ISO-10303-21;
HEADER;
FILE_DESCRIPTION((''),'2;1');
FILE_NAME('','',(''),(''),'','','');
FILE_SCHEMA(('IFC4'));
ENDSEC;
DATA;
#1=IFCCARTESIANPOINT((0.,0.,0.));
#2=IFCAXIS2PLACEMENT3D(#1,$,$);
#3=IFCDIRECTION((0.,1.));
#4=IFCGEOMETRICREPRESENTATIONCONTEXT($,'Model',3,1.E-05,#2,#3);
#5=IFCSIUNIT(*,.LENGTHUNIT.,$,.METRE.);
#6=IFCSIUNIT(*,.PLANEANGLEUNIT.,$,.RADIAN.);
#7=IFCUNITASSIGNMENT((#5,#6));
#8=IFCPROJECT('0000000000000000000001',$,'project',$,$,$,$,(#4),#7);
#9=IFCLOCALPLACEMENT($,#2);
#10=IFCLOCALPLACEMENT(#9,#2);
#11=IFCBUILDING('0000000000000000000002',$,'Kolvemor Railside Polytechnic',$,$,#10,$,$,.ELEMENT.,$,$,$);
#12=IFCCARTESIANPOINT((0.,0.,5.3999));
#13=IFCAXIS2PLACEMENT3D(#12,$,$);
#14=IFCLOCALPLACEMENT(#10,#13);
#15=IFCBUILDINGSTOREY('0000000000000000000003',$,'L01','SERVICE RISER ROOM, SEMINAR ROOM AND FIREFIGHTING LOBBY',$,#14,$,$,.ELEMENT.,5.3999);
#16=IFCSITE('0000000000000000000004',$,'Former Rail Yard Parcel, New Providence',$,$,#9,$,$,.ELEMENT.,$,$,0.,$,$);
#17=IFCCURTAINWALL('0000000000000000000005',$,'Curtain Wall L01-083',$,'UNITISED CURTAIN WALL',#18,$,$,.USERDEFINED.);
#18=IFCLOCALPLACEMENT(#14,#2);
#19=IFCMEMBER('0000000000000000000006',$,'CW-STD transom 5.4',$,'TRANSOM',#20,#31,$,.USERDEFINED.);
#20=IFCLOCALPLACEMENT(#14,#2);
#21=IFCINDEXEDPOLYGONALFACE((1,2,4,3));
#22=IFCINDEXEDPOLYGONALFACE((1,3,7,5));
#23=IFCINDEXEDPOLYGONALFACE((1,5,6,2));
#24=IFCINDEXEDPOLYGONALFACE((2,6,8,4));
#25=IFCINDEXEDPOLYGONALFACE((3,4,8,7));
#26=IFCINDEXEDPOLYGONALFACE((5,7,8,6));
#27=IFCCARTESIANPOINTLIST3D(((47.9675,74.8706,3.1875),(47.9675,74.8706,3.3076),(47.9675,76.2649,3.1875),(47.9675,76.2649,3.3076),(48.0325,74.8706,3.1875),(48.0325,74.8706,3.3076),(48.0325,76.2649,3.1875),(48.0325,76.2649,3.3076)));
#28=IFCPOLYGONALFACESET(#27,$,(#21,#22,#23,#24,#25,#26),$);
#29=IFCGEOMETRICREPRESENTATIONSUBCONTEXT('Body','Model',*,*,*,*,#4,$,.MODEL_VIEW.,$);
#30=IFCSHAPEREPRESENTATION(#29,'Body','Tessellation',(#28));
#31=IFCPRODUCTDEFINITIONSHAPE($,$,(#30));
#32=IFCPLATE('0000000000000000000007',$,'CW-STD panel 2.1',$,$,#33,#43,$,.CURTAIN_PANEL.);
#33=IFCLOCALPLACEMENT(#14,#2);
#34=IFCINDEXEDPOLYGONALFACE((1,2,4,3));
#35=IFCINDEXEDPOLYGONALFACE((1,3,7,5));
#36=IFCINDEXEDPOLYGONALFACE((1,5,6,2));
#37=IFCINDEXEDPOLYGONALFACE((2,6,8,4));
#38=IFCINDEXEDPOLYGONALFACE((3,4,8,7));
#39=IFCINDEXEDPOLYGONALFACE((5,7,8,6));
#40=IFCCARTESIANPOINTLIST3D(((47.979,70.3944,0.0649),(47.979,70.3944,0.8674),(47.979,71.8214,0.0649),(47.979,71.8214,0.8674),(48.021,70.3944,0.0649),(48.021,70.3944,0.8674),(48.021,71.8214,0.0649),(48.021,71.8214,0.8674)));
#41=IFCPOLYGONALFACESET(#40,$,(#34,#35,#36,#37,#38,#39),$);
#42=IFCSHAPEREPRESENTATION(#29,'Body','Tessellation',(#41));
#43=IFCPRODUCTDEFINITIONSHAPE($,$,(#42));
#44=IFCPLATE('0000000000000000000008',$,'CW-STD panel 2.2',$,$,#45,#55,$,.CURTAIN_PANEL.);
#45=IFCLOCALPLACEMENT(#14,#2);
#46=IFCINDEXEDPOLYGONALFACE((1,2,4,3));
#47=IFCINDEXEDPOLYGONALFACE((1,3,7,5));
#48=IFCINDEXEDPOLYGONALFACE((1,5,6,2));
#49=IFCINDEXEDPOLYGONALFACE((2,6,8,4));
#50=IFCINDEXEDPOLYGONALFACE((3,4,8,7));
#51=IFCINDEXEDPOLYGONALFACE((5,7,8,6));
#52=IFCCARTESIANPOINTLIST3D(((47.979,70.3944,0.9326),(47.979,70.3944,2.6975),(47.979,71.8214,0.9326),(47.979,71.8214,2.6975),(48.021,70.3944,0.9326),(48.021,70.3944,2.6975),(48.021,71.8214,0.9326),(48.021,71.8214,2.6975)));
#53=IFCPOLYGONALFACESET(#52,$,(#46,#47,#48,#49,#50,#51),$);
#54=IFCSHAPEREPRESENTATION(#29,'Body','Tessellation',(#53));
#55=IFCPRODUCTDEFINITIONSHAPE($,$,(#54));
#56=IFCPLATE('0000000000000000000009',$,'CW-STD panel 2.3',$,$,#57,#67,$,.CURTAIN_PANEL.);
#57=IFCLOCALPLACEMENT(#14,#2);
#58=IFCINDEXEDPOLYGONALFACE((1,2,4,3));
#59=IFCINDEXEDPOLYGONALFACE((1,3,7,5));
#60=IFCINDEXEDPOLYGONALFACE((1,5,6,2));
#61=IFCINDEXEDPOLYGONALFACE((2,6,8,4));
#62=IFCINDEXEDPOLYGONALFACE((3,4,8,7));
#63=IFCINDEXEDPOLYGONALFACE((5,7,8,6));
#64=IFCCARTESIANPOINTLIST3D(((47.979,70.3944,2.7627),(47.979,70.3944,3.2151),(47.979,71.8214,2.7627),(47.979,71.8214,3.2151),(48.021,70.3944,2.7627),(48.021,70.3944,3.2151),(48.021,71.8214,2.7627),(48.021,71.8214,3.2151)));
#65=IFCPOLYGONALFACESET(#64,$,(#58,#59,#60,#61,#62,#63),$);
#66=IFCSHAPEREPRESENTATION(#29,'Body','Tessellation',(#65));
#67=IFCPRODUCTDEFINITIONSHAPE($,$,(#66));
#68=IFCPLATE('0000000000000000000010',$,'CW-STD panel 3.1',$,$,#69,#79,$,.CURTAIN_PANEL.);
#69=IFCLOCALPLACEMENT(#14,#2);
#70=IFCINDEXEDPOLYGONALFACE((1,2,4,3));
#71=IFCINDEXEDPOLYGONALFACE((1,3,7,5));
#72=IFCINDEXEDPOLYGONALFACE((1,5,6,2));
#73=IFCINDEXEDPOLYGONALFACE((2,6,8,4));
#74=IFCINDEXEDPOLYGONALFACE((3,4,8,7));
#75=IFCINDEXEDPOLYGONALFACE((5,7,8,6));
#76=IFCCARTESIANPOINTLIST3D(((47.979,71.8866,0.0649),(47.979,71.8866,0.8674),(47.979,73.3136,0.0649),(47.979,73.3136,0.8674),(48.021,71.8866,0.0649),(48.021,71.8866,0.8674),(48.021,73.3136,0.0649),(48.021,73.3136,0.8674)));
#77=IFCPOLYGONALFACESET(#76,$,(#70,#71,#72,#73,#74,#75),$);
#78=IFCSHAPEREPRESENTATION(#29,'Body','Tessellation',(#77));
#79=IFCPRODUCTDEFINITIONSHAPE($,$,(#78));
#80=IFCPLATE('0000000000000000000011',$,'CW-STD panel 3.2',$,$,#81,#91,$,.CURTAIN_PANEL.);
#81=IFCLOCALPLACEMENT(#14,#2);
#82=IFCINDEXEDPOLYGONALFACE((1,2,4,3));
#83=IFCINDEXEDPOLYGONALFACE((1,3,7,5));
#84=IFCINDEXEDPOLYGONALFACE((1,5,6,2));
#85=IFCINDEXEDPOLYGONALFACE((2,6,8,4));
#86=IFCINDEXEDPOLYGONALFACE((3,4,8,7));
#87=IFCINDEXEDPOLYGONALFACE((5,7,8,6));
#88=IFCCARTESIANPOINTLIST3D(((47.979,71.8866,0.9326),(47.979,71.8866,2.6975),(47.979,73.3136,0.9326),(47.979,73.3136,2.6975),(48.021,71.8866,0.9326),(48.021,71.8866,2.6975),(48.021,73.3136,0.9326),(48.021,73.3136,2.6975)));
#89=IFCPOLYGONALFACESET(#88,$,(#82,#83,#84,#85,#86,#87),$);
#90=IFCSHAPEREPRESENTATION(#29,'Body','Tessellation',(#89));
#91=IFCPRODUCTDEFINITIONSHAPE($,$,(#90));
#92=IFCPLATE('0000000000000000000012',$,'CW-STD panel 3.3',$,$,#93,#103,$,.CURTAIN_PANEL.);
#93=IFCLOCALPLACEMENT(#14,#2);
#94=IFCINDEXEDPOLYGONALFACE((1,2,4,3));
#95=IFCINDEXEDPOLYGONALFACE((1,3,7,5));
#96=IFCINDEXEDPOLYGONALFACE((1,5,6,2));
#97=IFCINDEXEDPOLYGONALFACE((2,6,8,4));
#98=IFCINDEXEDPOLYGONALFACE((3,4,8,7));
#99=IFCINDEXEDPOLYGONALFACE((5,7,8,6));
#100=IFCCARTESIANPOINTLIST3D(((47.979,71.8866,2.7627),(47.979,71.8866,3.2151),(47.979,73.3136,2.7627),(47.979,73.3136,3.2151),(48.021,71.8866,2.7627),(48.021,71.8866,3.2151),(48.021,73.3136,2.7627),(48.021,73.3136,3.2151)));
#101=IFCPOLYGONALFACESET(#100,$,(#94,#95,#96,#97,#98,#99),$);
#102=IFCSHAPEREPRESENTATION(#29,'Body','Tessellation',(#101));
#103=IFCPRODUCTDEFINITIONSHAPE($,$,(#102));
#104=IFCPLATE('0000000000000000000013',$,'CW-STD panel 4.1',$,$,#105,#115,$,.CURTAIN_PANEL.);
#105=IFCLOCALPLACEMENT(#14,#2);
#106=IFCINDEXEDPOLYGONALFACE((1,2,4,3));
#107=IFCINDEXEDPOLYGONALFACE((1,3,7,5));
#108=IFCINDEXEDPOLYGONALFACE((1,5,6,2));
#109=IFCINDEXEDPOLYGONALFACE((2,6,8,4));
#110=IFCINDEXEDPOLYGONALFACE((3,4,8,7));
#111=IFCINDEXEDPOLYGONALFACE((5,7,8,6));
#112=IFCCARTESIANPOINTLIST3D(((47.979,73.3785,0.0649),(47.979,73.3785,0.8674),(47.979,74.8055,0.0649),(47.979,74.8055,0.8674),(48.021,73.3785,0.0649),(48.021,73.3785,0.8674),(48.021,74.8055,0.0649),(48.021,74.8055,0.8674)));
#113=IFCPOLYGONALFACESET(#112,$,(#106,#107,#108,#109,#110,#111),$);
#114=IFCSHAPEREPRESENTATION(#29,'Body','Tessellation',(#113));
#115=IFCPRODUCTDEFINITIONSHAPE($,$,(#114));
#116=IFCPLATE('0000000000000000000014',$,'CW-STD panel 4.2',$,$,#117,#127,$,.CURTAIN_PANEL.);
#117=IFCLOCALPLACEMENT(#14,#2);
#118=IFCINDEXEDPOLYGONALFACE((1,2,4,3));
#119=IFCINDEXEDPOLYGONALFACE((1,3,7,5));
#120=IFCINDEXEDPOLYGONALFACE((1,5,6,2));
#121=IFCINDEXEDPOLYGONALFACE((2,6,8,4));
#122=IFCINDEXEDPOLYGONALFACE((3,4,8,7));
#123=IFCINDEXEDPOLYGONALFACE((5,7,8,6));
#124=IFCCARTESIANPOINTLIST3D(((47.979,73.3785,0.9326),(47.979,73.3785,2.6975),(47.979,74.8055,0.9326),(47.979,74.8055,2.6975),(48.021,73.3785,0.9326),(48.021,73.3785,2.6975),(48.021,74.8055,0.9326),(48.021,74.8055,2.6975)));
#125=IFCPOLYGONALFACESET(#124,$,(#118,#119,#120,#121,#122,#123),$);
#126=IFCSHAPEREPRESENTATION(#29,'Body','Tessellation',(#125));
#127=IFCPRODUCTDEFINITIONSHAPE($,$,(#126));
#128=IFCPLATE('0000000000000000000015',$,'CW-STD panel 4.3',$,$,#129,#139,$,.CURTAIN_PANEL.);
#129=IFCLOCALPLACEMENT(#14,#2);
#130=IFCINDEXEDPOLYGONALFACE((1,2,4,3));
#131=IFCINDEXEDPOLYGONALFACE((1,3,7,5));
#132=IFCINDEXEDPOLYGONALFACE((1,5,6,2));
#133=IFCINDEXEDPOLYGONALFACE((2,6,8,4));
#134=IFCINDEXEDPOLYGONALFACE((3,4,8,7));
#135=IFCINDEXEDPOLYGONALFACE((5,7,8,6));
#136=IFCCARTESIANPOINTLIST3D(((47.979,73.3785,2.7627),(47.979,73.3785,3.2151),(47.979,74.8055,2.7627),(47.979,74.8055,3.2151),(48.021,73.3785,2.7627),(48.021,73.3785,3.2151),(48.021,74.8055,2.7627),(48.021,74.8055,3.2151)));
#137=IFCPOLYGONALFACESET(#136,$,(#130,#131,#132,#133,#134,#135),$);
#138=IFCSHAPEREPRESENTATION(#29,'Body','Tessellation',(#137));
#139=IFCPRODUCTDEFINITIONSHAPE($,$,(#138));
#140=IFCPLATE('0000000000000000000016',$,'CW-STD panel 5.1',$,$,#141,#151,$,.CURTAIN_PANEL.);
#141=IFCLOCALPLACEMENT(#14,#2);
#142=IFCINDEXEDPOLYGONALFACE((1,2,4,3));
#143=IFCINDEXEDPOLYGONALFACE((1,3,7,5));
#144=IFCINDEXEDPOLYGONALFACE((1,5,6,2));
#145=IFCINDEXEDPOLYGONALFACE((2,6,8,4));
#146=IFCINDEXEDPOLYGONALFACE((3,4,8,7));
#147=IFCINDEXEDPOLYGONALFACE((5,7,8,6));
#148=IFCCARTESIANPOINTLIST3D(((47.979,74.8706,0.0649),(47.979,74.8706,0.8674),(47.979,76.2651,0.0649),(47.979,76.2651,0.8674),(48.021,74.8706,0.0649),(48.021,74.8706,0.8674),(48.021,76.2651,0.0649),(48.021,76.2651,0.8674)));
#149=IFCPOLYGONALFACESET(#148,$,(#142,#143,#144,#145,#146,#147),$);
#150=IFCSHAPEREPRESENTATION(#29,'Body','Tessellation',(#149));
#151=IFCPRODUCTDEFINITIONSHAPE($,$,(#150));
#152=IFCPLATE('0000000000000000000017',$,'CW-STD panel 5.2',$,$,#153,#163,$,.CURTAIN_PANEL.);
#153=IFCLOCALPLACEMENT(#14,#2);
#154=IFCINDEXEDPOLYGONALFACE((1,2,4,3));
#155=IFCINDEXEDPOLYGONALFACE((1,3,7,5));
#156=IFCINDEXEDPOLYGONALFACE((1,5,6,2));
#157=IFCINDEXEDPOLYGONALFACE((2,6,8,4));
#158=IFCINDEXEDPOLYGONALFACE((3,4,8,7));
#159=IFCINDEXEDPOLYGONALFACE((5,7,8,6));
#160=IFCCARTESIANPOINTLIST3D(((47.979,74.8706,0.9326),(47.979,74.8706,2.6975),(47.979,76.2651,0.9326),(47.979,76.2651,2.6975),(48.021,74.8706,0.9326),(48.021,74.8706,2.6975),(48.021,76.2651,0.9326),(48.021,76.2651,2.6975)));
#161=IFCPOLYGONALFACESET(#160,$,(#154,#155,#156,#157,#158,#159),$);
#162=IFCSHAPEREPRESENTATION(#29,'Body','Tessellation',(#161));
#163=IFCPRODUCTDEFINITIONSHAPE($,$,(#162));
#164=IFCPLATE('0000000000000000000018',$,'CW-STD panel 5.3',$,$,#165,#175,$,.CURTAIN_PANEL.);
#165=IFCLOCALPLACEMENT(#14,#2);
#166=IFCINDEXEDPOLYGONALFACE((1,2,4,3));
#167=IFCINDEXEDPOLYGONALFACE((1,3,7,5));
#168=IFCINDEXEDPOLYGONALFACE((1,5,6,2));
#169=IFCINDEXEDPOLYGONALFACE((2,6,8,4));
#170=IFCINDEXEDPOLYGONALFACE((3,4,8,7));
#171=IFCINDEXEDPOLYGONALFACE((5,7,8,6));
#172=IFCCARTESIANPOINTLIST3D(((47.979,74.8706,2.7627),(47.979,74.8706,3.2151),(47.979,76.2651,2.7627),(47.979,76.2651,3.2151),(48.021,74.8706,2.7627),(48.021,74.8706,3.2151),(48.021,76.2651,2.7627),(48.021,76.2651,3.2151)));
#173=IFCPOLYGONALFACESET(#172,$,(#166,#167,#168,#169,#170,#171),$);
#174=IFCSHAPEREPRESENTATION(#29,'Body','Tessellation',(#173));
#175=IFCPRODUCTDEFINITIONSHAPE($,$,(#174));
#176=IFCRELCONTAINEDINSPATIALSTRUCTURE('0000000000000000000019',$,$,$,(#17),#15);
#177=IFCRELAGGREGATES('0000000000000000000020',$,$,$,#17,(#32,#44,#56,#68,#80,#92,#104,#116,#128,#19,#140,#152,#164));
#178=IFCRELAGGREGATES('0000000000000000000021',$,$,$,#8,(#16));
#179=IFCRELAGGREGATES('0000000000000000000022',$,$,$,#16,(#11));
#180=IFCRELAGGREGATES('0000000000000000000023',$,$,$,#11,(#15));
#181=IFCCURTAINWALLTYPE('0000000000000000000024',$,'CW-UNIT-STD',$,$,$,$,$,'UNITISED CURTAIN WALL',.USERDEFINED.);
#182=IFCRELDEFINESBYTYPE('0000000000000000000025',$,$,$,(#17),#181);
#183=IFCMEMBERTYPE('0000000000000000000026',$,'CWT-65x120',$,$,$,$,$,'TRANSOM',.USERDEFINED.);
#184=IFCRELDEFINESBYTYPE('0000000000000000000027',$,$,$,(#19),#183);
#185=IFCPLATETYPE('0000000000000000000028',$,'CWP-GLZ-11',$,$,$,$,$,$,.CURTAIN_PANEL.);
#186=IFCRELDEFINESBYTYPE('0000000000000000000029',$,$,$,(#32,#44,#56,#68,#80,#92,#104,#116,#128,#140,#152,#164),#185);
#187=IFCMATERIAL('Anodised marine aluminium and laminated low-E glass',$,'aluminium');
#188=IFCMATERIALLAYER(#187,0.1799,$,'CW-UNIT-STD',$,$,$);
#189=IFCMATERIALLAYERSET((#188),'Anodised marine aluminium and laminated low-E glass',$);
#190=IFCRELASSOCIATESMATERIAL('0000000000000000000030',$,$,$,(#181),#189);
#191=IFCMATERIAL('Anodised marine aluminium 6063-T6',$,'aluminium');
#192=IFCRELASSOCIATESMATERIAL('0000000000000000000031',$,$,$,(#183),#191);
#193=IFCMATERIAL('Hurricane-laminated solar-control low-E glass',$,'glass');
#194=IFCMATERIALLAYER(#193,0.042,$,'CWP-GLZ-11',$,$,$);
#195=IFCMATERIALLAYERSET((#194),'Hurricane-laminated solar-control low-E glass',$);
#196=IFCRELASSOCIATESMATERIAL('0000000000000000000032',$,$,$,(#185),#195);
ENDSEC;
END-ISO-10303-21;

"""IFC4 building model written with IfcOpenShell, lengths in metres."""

from ifc_helpers import new_model, si_unit, direction, frame, origin, origin_2d, place, context, subcontext, project, spatial, rectangle, extrude, material, layer, layer_set, material_profile, profile_set, type_object, element, aggregate, save


model = new_model("IFC4")

# Units and contexts
model_context = context("Model", 3, precision=1e-05, world=origin(), true_north=direction((0.0, 1.0)))
body_context = subcontext(model_context, "Body", "Model", "MODEL_VIEW")
ifc_project = project(units=[si_unit("LENGTHUNIT", "METRE"), si_unit("PLANEANGLEUNIT", "RADIAN")], contexts=[model_context])

# Site, building, storey
site_placement = place(None, origin())
site = spatial("IfcSite", under=ifc_project, at=site_placement, Name="Former Rail Yard Parcel, New Providence", CompositionType="ELEMENT", RefElevation=0.0)
building_placement = place(site_placement, origin())
building = spatial("IfcBuilding", under=site, at=building_placement, Name="Kolvemor Railside Polytechnic", CompositionType="ELEMENT")
storey_placement = place(building_placement, frame((0.0, 0.0, 5.3999)))
storey = spatial("IfcBuildingStorey", under=building, at=storey_placement, Name="L01", Description="SERVICE RISER ROOM, SEMINAR ROOM AND FIREFIGHTING LOBBY", CompositionType="ELEMENT", Elevation=5.3999)

# Curtain wall, member, plates
ifc_material_1 = material(Name="Anodised marine aluminium and laminated low-E glass", Category="aluminium")
ifc_layer_1 = layer(ifc_material_1, 0.1799, Name="CW-UNIT-STD")
ifc_layer_set_1 = layer_set([ifc_layer_1], Name="Anodised marine aluminium and laminated low-E glass")
curtain_wall_type = type_object("IfcCurtainWallType", Name="CW-UNIT-STD", ElementType="UNITISED CURTAIN WALL", PredefinedType="USERDEFINED", material=ifc_layer_set_1)
curtain_wall_placement = place(storey_placement, origin())
curtain_wall = element("IfcCurtainWall", 1, at=curtain_wall_placement, inside=storey, type_object=curtain_wall_type, Name="Curtain Wall L01-083", ObjectType="UNITISED CURTAIN WALL", PredefinedType="USERDEFINED")
ifc_material_2 = material(Name="Anodised marine aluminium 6063-T6", Category="aluminium")
ifc_material_profile_1 = material_profile(ifc_material_2, rectangle(XDim=0.0649, YDim=0.1201, at=origin_2d()), Name="CW-TRN-65x120")
ifc_profile_set_1 = profile_set([ifc_material_profile_1], Name="Anodised marine aluminium 6063-T6")
member_type_1 = type_object("IfcMemberType", Name="CWT-65x120", ElementType="TRANSOM", PredefinedType="USERDEFINED", material=ifc_profile_set_1)
member_1_placement = place(storey_placement, frame((48.0, 74.8706, 3.2476), z_axis=(0.0, 1.0, 0.0), x_axis=(-1.0, 0.0, 0.0)))
member_1 = element("IfcMember", 2, at=member_1_placement, type_object=member_type_1, Name="CW-STD transom 5.4", ObjectType="TRANSOM", PredefinedType="USERDEFINED", context=body_context, shape_type="SweptSolid", body=[
    extrude(rectangle(XDim=0.0649, YDim=0.1201, at=origin_2d()), origin(), (0.0, 0.0, 1.0), 1.3943),
])
ifc_material_3 = material(Name="Hurricane-laminated solar-control low-E glass", Category="glass")
ifc_layer_2 = layer(ifc_material_3, 0.042, Name="CWP-GLZ-11")
ifc_layer_set_2 = layer_set([ifc_layer_2], Name="Hurricane-laminated solar-control low-E glass")
plate_type = type_object("IfcPlateType", Name="CWP-GLZ-11", PredefinedType="CURTAIN_PANEL", material=ifc_layer_set_2)
plate_1_placement = place(storey_placement, frame((48.0, 71.1079, 0.0649), z_axis=(0.0, 0.0, 1.0), x_axis=(0.0, 1.0, 0.0)))
plate_1 = element("IfcPlate", 3, at=plate_1_placement, type_object=plate_type, Name="CW-STD panel 2.1", PredefinedType="CURTAIN_PANEL", context=body_context, shape_type="SweptSolid", body=[
    extrude(rectangle(XDim=1.427, YDim=0.042, at=origin_2d()), origin(), (0.0, 0.0, 1.0), 0.8025),
])
plate_2_placement = place(storey_placement, frame((48.0, 71.1079, 0.9326), z_axis=(0.0, 0.0, 1.0), x_axis=(0.0, 1.0, 0.0)))
plate_2 = element("IfcPlate", 4, at=plate_2_placement, type_object=plate_type, Name="CW-STD panel 2.2", PredefinedType="CURTAIN_PANEL", context=body_context, shape_type="SweptSolid", body=[
    extrude(rectangle(XDim=1.427, YDim=0.042, at=origin_2d()), origin(), (0.0, 0.0, 1.0), 1.7649),
])
plate_3_placement = place(storey_placement, frame((48.0, 71.1079, 2.7627), z_axis=(0.0, 0.0, 1.0), x_axis=(0.0, 1.0, 0.0)))
plate_3 = element("IfcPlate", 5, at=plate_3_placement, type_object=plate_type, Name="CW-STD panel 2.3", PredefinedType="CURTAIN_PANEL", context=body_context, shape_type="SweptSolid", body=[
    extrude(rectangle(XDim=1.427, YDim=0.042, at=origin_2d()), origin(), (0.0, 0.0, 1.0), 0.4524),
])
plate_4_placement = place(storey_placement, frame((48.0, 72.6001, 0.0649), z_axis=(0.0, 0.0, 1.0), x_axis=(0.0, 1.0, 0.0)))
plate_4 = element("IfcPlate", 6, at=plate_4_placement, type_object=plate_type, Name="CW-STD panel 3.1", PredefinedType="CURTAIN_PANEL", context=body_context, shape_type="SweptSolid", body=[
    extrude(rectangle(XDim=1.427, YDim=0.042, at=origin_2d()), origin(), (0.0, 0.0, 1.0), 0.8025),
])
plate_5_placement = place(storey_placement, frame((48.0, 72.6001, 0.9326), z_axis=(0.0, 0.0, 1.0), x_axis=(0.0, 1.0, 0.0)))
plate_5 = element("IfcPlate", 7, at=plate_5_placement, type_object=plate_type, Name="CW-STD panel 3.2", PredefinedType="CURTAIN_PANEL", context=body_context, shape_type="SweptSolid", body=[
    extrude(rectangle(XDim=1.427, YDim=0.042, at=origin_2d()), origin(), (0.0, 0.0, 1.0), 1.7649),
])
plate_6_placement = place(storey_placement, frame((48.0, 72.6001, 2.7627), z_axis=(0.0, 0.0, 1.0), x_axis=(0.0, 1.0, 0.0)))
plate_6 = element("IfcPlate", 8, at=plate_6_placement, type_object=plate_type, Name="CW-STD panel 3.3", PredefinedType="CURTAIN_PANEL", context=body_context, shape_type="SweptSolid", body=[
    extrude(rectangle(XDim=1.427, YDim=0.042, at=origin_2d()), origin(), (0.0, 0.0, 1.0), 0.4524),
])
plate_7_placement = place(storey_placement, frame((48.0, 74.092, 0.0649), z_axis=(0.0, 0.0, 1.0), x_axis=(0.0, 1.0, 0.0)))
plate_7 = element("IfcPlate", 9, at=plate_7_placement, type_object=plate_type, Name="CW-STD panel 4.1", PredefinedType="CURTAIN_PANEL", context=body_context, shape_type="SweptSolid", body=[
    extrude(rectangle(XDim=1.427, YDim=0.042, at=origin_2d()), origin(), (0.0, 0.0, 1.0), 0.8025),
])
plate_8_placement = place(storey_placement, frame((48.0, 74.092, 0.9326), z_axis=(0.0, 0.0, 1.0), x_axis=(0.0, 1.0, 0.0)))
plate_8 = element("IfcPlate", 10, at=plate_8_placement, type_object=plate_type, Name="CW-STD panel 4.2", PredefinedType="CURTAIN_PANEL", context=body_context, shape_type="SweptSolid", body=[
    extrude(rectangle(XDim=1.427, YDim=0.042, at=origin_2d()), origin(), (0.0, 0.0, 1.0), 1.7649),
])
plate_9_placement = place(storey_placement, frame((48.0, 74.092, 2.7627), z_axis=(0.0, 0.0, 1.0), x_axis=(0.0, 1.0, 0.0)))
plate_9 = element("IfcPlate", 11, at=plate_9_placement, type_object=plate_type, Name="CW-STD panel 4.3", PredefinedType="CURTAIN_PANEL", context=body_context, shape_type="SweptSolid", body=[
    extrude(rectangle(XDim=1.427, YDim=0.042, at=origin_2d()), origin(), (0.0, 0.0, 1.0), 0.4524),
])
plate_10_placement = place(storey_placement, frame((48.0, 75.5679, 0.0649), z_axis=(0.0, 0.0, 1.0), x_axis=(0.0, 1.0, 0.0)))
plate_10 = element("IfcPlate", 12, at=plate_10_placement, type_object=plate_type, Name="CW-STD panel 5.1", PredefinedType="CURTAIN_PANEL", context=body_context, shape_type="SweptSolid", body=[
    extrude(rectangle(XDim=1.3945, YDim=0.042, at=origin_2d()), origin(), (0.0, 0.0, 1.0), 0.8025),
])
plate_11_placement = place(storey_placement, frame((48.0, 75.5679, 0.9326), z_axis=(0.0, 0.0, 1.0), x_axis=(0.0, 1.0, 0.0)))
plate_11 = element("IfcPlate", 13, at=plate_11_placement, type_object=plate_type, Name="CW-STD panel 5.2", PredefinedType="CURTAIN_PANEL", context=body_context, shape_type="SweptSolid", body=[
    extrude(rectangle(XDim=1.3945, YDim=0.042, at=origin_2d()), origin(), (0.0, 0.0, 1.0), 1.7649),
])
plate_12_placement = place(storey_placement, frame((48.0, 75.5679, 2.7627), z_axis=(0.0, 0.0, 1.0), x_axis=(0.0, 1.0, 0.0)))
plate_12 = element("IfcPlate", 14, at=plate_12_placement, type_object=plate_type, Name="CW-STD panel 5.3", PredefinedType="CURTAIN_PANEL", context=body_context, shape_type="SweptSolid", body=[
    extrude(rectangle(XDim=1.3945, YDim=0.042, at=origin_2d()), origin(), (0.0, 0.0, 1.0), 0.4524),
])
aggregate(curtain_wall, [plate_1, plate_2, plate_3, plate_4, plate_5, plate_6, plate_7, plate_8, plate_9, member_1, plate_10, plate_11, plate_12])

save(model, "model.ifc")
